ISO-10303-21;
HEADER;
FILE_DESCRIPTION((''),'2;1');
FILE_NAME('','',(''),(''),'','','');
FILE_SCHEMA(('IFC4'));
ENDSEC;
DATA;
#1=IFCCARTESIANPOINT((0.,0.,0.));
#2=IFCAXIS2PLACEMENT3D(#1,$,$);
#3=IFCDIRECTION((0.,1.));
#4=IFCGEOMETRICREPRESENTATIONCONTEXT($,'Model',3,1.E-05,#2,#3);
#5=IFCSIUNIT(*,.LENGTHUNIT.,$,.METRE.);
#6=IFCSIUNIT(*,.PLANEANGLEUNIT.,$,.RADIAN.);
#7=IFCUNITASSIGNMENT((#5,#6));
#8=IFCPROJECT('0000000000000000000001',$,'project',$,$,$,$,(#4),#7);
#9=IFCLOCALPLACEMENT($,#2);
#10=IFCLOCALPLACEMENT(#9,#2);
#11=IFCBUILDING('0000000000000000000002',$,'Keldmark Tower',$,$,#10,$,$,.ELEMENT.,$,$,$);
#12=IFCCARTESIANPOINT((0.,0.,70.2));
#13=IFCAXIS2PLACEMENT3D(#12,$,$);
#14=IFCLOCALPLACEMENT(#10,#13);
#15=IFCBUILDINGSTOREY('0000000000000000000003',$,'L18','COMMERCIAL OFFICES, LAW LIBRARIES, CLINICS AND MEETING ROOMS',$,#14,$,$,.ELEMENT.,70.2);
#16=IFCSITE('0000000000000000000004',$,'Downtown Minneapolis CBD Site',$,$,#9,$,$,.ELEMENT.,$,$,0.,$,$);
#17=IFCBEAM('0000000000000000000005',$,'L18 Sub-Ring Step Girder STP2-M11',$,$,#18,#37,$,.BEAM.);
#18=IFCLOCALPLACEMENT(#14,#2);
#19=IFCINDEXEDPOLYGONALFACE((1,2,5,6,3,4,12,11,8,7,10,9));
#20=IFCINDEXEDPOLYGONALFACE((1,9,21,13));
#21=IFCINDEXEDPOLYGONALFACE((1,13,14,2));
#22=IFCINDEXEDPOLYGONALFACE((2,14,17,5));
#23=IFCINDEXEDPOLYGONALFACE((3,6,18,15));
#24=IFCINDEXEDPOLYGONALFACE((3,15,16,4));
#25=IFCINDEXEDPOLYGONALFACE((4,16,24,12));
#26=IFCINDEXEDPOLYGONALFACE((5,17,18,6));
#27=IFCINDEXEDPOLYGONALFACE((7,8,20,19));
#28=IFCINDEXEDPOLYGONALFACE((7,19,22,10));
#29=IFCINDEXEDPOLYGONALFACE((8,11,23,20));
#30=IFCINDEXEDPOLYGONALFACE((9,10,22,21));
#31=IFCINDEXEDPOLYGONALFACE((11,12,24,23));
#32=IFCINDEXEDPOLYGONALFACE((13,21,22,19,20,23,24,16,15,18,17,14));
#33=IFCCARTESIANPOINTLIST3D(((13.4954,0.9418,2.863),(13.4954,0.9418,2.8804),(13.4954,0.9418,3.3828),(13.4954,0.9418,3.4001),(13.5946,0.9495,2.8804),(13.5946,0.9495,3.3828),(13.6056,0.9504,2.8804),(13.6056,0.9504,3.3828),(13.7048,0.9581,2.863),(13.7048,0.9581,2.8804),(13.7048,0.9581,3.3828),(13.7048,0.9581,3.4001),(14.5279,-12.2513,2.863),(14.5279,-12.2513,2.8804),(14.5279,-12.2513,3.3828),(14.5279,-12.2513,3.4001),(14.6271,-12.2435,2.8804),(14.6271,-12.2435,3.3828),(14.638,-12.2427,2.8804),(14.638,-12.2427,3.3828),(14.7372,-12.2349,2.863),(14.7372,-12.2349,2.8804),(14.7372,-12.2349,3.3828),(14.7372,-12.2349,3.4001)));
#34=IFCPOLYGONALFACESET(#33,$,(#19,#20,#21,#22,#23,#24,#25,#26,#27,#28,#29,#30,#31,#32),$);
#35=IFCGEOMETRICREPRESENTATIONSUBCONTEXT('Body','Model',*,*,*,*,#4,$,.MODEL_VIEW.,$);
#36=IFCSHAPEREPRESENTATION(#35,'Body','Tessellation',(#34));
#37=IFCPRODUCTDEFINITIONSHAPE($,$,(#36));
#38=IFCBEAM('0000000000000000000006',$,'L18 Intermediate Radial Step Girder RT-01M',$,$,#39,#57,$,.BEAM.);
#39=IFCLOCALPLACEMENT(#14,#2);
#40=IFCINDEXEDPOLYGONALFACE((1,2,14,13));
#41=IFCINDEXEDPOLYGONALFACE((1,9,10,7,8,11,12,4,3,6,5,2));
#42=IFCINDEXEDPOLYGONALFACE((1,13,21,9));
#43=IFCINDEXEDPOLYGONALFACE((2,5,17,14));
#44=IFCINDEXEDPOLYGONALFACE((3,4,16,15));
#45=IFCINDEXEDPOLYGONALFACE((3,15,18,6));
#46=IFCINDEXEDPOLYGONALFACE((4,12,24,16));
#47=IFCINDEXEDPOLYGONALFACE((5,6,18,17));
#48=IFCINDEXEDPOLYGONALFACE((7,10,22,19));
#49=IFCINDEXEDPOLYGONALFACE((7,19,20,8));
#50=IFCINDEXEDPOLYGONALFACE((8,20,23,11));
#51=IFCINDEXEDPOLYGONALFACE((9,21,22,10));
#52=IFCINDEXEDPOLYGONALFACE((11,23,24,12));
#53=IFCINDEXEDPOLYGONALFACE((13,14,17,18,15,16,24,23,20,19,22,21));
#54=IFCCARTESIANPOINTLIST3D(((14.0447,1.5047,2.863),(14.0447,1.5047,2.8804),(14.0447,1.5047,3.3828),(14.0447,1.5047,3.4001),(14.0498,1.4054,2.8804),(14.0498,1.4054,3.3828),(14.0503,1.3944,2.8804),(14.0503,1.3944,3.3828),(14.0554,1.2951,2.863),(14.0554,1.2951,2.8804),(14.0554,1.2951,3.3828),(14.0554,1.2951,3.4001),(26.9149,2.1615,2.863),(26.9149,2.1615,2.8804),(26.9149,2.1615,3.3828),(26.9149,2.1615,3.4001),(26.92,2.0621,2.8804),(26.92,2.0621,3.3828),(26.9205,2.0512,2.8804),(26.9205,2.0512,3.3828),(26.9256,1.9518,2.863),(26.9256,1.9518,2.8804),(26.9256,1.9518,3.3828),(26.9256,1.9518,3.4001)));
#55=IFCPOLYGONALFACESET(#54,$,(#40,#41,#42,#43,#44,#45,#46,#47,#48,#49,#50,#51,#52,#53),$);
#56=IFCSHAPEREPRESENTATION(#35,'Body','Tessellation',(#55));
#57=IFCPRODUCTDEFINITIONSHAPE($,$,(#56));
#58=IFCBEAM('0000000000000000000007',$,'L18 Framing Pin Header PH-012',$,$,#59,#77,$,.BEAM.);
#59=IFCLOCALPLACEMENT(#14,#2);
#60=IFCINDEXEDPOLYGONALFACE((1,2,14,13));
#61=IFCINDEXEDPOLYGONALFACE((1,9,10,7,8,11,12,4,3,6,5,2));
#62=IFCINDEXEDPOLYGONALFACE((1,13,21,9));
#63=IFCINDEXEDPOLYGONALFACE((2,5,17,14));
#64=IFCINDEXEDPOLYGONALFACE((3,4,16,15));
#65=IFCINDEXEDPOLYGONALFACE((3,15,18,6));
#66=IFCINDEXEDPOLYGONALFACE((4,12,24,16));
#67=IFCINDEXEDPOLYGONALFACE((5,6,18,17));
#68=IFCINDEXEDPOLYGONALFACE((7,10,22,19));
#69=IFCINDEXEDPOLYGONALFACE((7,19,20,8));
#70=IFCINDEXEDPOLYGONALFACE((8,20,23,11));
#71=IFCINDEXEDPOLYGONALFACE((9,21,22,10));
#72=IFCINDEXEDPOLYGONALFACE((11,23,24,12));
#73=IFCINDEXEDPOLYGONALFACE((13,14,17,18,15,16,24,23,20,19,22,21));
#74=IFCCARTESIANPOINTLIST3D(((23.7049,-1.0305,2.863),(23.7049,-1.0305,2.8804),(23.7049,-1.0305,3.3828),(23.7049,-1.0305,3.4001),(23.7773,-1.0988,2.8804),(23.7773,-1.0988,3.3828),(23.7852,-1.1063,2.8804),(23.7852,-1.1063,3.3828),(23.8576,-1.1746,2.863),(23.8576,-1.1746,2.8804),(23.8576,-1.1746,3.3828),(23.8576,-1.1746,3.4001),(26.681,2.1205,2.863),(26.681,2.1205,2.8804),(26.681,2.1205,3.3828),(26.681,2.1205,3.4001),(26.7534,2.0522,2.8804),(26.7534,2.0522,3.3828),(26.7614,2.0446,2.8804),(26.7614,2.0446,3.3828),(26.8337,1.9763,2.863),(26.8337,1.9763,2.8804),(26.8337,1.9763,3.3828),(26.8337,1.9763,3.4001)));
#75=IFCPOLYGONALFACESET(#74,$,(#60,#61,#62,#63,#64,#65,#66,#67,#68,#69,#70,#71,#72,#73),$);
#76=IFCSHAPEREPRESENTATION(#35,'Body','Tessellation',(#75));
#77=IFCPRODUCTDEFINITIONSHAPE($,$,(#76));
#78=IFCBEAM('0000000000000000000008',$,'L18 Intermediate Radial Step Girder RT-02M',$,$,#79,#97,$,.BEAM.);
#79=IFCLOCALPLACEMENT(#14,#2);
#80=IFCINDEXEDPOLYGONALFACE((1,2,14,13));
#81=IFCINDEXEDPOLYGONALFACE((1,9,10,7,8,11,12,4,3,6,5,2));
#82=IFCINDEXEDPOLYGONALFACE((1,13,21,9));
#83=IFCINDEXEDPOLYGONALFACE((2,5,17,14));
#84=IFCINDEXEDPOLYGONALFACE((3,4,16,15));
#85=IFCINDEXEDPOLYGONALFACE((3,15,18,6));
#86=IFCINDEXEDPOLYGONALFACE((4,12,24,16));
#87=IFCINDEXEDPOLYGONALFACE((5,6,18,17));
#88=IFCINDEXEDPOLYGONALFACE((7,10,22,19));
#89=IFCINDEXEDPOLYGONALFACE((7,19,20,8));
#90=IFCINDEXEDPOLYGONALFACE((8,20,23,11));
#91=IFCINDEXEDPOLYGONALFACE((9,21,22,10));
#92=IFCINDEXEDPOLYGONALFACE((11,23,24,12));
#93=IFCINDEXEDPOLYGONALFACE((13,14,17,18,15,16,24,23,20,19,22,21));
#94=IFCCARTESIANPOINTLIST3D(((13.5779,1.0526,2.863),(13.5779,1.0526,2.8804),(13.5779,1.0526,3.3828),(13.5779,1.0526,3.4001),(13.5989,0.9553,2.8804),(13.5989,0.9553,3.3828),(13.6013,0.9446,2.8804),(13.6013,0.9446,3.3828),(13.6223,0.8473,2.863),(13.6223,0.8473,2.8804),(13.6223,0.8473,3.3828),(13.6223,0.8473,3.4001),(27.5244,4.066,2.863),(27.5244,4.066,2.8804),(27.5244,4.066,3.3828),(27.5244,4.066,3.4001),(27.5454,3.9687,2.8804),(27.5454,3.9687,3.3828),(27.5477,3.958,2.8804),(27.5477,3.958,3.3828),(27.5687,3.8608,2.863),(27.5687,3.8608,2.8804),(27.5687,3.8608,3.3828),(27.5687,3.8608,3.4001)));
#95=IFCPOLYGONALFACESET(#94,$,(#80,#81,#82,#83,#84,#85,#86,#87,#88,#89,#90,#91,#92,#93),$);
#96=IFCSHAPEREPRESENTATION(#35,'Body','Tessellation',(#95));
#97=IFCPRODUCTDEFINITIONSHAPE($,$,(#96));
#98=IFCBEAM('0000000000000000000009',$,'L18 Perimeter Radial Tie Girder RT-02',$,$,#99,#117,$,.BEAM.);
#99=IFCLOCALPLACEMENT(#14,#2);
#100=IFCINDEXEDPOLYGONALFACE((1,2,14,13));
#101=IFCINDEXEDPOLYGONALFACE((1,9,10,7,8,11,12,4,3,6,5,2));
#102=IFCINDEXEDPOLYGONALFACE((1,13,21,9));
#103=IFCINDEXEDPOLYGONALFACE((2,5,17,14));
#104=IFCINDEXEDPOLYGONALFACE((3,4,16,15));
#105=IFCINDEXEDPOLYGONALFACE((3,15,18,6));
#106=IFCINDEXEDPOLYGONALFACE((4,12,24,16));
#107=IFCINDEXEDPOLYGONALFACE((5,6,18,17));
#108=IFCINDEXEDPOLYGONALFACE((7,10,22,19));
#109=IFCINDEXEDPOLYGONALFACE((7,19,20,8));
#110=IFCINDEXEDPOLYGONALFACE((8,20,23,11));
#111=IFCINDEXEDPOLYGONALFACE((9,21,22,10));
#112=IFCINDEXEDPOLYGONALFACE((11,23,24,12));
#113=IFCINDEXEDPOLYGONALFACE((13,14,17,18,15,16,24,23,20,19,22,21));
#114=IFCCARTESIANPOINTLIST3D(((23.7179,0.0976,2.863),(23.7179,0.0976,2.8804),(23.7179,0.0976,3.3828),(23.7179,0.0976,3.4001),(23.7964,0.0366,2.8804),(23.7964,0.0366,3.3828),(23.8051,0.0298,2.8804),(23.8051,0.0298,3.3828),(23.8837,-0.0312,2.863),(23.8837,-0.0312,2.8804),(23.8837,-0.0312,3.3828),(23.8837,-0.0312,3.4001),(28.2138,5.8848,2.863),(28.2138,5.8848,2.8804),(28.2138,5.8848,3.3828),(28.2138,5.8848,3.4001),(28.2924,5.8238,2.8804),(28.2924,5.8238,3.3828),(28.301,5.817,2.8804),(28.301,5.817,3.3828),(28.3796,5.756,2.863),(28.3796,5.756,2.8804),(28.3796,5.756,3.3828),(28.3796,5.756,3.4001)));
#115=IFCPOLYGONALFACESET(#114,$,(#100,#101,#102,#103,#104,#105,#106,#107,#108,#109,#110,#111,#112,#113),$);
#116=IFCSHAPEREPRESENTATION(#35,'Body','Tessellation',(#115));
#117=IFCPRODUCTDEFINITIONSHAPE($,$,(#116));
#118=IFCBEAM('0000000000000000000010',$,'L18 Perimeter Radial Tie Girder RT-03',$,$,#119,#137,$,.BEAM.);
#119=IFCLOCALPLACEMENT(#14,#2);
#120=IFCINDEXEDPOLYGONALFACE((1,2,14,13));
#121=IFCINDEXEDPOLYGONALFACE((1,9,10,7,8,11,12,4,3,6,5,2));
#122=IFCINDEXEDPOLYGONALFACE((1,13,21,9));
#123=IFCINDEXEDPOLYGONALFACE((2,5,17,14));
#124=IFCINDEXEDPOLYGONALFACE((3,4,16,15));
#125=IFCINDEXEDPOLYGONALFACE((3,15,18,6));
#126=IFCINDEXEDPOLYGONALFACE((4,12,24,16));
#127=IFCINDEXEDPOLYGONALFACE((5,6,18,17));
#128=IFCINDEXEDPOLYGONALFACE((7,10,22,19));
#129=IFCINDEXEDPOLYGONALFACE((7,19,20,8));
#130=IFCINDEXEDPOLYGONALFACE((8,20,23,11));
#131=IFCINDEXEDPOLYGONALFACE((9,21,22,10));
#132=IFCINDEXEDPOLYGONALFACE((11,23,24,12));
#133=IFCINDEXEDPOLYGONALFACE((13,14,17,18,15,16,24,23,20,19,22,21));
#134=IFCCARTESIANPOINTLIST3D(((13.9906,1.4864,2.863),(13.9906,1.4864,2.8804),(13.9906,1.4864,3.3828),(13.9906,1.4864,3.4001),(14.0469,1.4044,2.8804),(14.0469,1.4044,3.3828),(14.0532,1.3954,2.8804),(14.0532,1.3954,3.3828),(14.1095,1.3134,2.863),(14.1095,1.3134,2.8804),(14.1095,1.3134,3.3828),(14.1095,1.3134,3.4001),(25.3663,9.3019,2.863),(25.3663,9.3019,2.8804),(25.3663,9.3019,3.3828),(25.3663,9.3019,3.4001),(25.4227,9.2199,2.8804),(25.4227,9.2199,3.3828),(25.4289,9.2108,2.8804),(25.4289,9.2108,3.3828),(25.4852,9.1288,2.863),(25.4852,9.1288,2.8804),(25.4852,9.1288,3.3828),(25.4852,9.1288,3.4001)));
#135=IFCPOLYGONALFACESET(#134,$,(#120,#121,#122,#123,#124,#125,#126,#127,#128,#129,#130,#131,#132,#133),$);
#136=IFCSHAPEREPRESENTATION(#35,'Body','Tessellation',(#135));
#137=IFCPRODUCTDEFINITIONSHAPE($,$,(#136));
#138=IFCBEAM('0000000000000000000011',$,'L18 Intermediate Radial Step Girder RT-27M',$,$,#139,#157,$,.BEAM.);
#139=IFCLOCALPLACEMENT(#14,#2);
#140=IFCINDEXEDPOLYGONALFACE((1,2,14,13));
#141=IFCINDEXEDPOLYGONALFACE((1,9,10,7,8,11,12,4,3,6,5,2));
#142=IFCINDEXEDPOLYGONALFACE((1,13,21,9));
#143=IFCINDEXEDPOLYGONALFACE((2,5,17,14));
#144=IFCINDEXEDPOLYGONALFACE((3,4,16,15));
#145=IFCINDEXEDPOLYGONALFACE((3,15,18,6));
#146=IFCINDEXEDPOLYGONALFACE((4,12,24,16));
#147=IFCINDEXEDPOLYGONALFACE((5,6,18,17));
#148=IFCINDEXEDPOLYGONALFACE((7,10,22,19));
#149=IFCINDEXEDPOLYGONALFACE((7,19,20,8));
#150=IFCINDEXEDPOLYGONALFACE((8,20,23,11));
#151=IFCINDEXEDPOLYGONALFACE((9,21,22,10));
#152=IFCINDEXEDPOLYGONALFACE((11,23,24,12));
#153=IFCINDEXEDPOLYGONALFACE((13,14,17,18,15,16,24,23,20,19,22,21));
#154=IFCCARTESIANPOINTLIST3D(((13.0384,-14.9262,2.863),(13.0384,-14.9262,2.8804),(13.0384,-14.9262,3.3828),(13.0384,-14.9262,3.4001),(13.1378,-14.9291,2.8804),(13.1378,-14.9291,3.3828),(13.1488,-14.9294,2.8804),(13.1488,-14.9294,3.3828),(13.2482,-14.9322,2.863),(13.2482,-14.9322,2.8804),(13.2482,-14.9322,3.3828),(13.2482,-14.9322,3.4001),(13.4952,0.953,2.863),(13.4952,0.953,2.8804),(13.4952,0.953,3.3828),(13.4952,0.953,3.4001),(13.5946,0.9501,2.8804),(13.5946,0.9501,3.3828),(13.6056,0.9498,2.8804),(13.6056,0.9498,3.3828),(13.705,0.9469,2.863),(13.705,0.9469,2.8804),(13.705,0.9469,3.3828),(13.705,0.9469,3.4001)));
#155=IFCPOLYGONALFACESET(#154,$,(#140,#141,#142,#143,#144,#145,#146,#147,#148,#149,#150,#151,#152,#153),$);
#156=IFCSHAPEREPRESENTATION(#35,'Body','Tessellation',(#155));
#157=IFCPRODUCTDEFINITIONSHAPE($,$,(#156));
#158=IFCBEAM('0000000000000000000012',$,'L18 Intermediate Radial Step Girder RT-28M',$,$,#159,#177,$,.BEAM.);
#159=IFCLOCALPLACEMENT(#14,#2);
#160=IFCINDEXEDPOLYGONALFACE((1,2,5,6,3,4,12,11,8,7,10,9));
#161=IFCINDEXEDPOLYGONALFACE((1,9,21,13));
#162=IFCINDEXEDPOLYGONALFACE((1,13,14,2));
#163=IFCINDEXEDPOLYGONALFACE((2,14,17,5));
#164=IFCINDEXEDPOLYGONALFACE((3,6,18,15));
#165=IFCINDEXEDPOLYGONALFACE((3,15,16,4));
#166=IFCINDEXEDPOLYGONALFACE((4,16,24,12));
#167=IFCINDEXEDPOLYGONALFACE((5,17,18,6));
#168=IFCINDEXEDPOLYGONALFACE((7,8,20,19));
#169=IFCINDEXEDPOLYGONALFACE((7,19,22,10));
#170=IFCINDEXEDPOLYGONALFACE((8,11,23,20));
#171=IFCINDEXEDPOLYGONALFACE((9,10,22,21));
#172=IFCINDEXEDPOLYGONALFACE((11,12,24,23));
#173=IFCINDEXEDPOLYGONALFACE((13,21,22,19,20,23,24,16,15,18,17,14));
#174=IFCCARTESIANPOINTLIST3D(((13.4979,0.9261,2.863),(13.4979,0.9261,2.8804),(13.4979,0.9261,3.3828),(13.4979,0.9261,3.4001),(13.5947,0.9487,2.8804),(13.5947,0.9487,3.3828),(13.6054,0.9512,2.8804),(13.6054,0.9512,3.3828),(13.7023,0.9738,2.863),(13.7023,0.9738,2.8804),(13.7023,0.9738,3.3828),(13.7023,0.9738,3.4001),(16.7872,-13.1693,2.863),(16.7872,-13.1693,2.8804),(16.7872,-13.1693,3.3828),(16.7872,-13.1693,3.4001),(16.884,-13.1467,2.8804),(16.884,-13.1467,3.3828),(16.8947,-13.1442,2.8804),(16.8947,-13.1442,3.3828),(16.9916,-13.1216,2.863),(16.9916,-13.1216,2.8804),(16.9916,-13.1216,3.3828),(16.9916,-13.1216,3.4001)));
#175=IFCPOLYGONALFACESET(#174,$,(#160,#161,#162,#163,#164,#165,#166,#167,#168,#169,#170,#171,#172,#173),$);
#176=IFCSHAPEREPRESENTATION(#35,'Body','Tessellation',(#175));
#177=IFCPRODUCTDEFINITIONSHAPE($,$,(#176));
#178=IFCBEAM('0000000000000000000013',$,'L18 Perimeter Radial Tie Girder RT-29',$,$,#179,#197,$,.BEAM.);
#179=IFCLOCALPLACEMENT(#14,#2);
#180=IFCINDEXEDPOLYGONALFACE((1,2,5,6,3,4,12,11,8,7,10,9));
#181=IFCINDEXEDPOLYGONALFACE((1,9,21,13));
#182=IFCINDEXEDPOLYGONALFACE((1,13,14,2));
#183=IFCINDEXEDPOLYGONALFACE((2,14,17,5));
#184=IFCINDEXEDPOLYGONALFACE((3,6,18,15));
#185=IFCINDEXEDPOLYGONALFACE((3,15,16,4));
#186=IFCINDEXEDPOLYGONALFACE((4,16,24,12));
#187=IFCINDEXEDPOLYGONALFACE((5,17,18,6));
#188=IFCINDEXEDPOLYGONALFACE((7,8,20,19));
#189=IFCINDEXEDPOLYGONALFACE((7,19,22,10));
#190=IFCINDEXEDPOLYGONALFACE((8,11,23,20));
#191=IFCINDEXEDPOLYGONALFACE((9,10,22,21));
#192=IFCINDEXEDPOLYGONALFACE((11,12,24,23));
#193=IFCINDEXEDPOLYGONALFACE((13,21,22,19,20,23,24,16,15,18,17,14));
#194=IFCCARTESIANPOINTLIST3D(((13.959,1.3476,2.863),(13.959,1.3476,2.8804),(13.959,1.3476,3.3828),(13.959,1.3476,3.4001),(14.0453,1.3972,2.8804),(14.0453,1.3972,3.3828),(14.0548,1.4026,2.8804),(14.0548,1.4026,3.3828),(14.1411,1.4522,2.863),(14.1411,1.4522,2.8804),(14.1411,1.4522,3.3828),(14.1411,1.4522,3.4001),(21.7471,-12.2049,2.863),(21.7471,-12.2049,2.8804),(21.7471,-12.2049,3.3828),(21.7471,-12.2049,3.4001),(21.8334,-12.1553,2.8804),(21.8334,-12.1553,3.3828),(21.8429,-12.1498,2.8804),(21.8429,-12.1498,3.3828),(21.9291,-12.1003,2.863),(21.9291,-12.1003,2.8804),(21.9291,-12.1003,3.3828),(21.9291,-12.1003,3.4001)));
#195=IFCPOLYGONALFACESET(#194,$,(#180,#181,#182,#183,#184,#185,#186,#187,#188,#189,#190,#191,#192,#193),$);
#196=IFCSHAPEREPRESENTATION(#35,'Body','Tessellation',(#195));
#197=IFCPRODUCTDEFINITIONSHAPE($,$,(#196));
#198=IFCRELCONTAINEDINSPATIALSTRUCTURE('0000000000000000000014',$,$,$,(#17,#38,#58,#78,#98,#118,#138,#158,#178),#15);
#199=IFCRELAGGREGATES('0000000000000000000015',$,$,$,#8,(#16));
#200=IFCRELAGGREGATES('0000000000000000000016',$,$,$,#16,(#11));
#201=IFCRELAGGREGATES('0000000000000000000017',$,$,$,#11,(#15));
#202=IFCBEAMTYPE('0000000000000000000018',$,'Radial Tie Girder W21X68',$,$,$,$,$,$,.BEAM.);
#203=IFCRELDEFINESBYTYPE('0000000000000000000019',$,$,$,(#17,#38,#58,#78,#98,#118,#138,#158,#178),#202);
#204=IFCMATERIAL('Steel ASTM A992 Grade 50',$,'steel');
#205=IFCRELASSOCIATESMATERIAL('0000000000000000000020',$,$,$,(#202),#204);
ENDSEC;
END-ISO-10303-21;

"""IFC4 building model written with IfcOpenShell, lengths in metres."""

from ifc_helpers import new_model, si_unit, direction, frame, origin, origin_2d, place, context, subcontext, project, spatial, i_section, extrude, material, material_profile, profile_set, type_object, element, save


model = new_model("IFC4")

# Units and contexts
model_context = context("Model", 3, precision=1e-05, world=origin(), true_north=direction((0.0, 1.0)))
body_context = subcontext(model_context, "Body", "Model", "MODEL_VIEW")
ifc_project = project(units=[si_unit("LENGTHUNIT", "METRE"), si_unit("PLANEANGLEUNIT", "RADIAN")], contexts=[model_context])

# Site, building, storey
site_placement = place(None, origin())
site = spatial("IfcSite", under=ifc_project, at=site_placement, Name="Downtown Minneapolis CBD Site", CompositionType="ELEMENT", RefElevation=0.0)
building_placement = place(site_placement, origin())
building = spatial("IfcBuilding", under=site, at=building_placement, Name="Keldmark Tower", CompositionType="ELEMENT")
storey_placement = place(building_placement, frame((0.0, 0.0, 70.2)))
storey = spatial("IfcBuildingStorey", under=building, at=storey_placement, Name="L18", Description="COMMERCIAL OFFICES, LAW LIBRARIES, CLINICS AND MEETING ROOMS", CompositionType="ELEMENT", Elevation=70.2)

# Beams
ifc_material_1 = material(Name="Steel ASTM A992 Grade 50", Category="steel")
ifc_material_profile_1 = material_profile(ifc_material_1, i_section(OverallWidth=0.21, OverallDepth=0.5371, WebThickness=0.011, FlangeThickness=0.0173, at=origin_2d()), Name="W21X68")
ifc_profile_set_1 = profile_set([ifc_material_profile_1], Name="Steel ASTM A992 Grade 50")
beam_type_1 = type_object("IfcBeamType", Name="Radial Tie Girder W21X68", PredefinedType="BEAM", material=ifc_profile_set_1)
beam_1_placement = place(storey_placement, frame((13.6001, 0.95, 3.1316), z_axis=(0.07802, -0.996952, 0.0), x_axis=(0.996952, 0.07802, 0.0)))
element("IfcBeam", 1, at=beam_1_placement, inside=storey, type_object=beam_type_1, Name="L18 Sub-Ring Step Girder STP2-M11", PredefinedType="BEAM", context=body_context, shape_type="SweptSolid", body=[
    extrude(i_section(OverallWidth=0.21, OverallDepth=0.5371, WebThickness=0.011, FlangeThickness=0.0173, at=origin_2d()), origin(), (0.0, 0.0, 1.0), 13.2334),
])
beam_2_placement = place(storey_placement, frame((14.05, 1.3999, 3.1316), z_axis=(0.998701, 0.050962, 0.0), x_axis=(-0.050962, 0.998701, 0.0)))
element("IfcBeam", 2, at=beam_2_placement, inside=storey, type_object=beam_type_1, Name="L18 Intermediate Radial Step Girder RT-01M", PredefinedType="BEAM", context=body_context, shape_type="SweptSolid", body=[
    extrude(i_section(OverallWidth=0.21, OverallDepth=0.5371, WebThickness=0.011, FlangeThickness=0.0173, at=origin_2d()), origin(), (0.0, 0.0, 1.0), 12.887),
])
beam_3_placement = place(storey_placement, frame((23.7812, -1.1025, 3.1316), z_axis=(0.686653, 0.726985, 0.0), x_axis=(-0.726985, 0.686653, 0.0)))
element("IfcBeam", 3, at=beam_3_placement, inside=storey, type_object=beam_type_1, Name="L18 Framing Pin Header PH-012", PredefinedType="BEAM", context=body_context, shape_type="SweptSolid", body=[
    extrude(i_section(OverallWidth=0.21, OverallDepth=0.5371, WebThickness=0.011, FlangeThickness=0.0173, at=origin_2d()), origin(), (0.0, 0.0, 1.0), 4.3342),
])
beam_4_placement = place(storey_placement, frame((13.6001, 0.95, 3.1316), z_axis=(0.977444, 0.211196, 0.0), x_axis=(-0.211196, 0.977444, 0.0)))
element("IfcBeam", 4, at=beam_4_placement, inside=storey, type_object=beam_type_1, Name="L18 Intermediate Radial Step Girder RT-02M", PredefinedType="BEAM", context=body_context, shape_type="SweptSolid", body=[
    extrude(i_section(OverallWidth=0.21, OverallDepth=0.5371, WebThickness=0.011, FlangeThickness=0.0173, at=origin_2d()), origin(), (0.0, 0.0, 1.0), 14.2683),
])
beam_5_placement = place(storey_placement, frame((23.8008, 0.0332, 3.1316), z_axis=(0.613495, 0.789698, 0.0), x_axis=(-0.789698, 0.613495, 0.0)))
element("IfcBeam", 5, at=beam_5_placement, inside=storey, type_object=beam_type_1, Name="L18 Perimeter Radial Tie Girder RT-02", PredefinedType="BEAM", context=body_context, shape_type="SweptSolid", body=[
    extrude(i_section(OverallWidth=0.21, OverallDepth=0.5371, WebThickness=0.011, FlangeThickness=0.0173, at=origin_2d()), origin(), (0.0, 0.0, 1.0), 7.3284),
])
beam_6_placement = place(storey_placement, frame((14.05, 1.3999, 3.1316), z_axis=(0.824224, 0.566264, 0.0), x_axis=(-0.566264, 0.824224, 0.0)))
element("IfcBeam", 6, at=beam_6_placement, inside=storey, type_object=beam_type_1, Name="L18 Perimeter Radial Tie Girder RT-03", PredefinedType="BEAM", context=body_context, shape_type="SweptSolid", body=[
    extrude(i_section(OverallWidth=0.21, OverallDepth=0.5371, WebThickness=0.011, FlangeThickness=0.0173, at=origin_2d()), origin(), (0.0, 0.0, 1.0), 13.8018),
])
beam_7_placement = place(storey_placement, frame((13.6001, 0.95, 3.1316), z_axis=(-0.028755, -0.999587, 0.0), x_axis=(0.999587, -0.028755, 0.0)))
element("IfcBeam", 7, at=beam_7_placement, inside=storey, type_object=beam_type_1, Name="L18 Intermediate Radial Step Girder RT-27M", PredefinedType="BEAM", context=body_context, shape_type="SweptSolid", body=[
    extrude(i_section(OverallWidth=0.21, OverallDepth=0.5371, WebThickness=0.011, FlangeThickness=0.0173, at=origin_2d()), origin(), (0.0, 0.0, 1.0), 15.8857),
])
beam_8_placement = place(storey_placement, frame((13.6001, 0.95, 3.1316), z_axis=(0.227254, -0.973836, 0.0), x_axis=(0.973836, 0.227254, 0.0)))
element("IfcBeam", 8, at=beam_8_placement, inside=storey, type_object=beam_type_1, Name="L18 Intermediate Radial Step Girder RT-28M", PredefinedType="BEAM", context=body_context, shape_type="SweptSolid", body=[
    extrude(i_section(OverallWidth=0.21, OverallDepth=0.5371, WebThickness=0.011, FlangeThickness=0.0173, at=origin_2d()), origin(), (0.0, 0.0, 1.0), 14.4741),
])
beam_9_placement = place(storey_placement, frame((14.05, 1.3999, 3.1316), z_axis=(0.49825, -0.867033, 0.0), x_axis=(0.867033, 0.49825, 0.0)))
element("IfcBeam", 9, at=beam_9_placement, inside=storey, type_object=beam_type_1, Name="L18 Perimeter Radial Tie Girder RT-29", PredefinedType="BEAM", context=body_context, shape_type="SweptSolid", body=[
    extrude(i_section(OverallWidth=0.21, OverallDepth=0.5371, WebThickness=0.011, FlangeThickness=0.0173, at=origin_2d()), origin(), (0.0, 0.0, 1.0), 15.6309),
])

save(model, "model.ifc")
